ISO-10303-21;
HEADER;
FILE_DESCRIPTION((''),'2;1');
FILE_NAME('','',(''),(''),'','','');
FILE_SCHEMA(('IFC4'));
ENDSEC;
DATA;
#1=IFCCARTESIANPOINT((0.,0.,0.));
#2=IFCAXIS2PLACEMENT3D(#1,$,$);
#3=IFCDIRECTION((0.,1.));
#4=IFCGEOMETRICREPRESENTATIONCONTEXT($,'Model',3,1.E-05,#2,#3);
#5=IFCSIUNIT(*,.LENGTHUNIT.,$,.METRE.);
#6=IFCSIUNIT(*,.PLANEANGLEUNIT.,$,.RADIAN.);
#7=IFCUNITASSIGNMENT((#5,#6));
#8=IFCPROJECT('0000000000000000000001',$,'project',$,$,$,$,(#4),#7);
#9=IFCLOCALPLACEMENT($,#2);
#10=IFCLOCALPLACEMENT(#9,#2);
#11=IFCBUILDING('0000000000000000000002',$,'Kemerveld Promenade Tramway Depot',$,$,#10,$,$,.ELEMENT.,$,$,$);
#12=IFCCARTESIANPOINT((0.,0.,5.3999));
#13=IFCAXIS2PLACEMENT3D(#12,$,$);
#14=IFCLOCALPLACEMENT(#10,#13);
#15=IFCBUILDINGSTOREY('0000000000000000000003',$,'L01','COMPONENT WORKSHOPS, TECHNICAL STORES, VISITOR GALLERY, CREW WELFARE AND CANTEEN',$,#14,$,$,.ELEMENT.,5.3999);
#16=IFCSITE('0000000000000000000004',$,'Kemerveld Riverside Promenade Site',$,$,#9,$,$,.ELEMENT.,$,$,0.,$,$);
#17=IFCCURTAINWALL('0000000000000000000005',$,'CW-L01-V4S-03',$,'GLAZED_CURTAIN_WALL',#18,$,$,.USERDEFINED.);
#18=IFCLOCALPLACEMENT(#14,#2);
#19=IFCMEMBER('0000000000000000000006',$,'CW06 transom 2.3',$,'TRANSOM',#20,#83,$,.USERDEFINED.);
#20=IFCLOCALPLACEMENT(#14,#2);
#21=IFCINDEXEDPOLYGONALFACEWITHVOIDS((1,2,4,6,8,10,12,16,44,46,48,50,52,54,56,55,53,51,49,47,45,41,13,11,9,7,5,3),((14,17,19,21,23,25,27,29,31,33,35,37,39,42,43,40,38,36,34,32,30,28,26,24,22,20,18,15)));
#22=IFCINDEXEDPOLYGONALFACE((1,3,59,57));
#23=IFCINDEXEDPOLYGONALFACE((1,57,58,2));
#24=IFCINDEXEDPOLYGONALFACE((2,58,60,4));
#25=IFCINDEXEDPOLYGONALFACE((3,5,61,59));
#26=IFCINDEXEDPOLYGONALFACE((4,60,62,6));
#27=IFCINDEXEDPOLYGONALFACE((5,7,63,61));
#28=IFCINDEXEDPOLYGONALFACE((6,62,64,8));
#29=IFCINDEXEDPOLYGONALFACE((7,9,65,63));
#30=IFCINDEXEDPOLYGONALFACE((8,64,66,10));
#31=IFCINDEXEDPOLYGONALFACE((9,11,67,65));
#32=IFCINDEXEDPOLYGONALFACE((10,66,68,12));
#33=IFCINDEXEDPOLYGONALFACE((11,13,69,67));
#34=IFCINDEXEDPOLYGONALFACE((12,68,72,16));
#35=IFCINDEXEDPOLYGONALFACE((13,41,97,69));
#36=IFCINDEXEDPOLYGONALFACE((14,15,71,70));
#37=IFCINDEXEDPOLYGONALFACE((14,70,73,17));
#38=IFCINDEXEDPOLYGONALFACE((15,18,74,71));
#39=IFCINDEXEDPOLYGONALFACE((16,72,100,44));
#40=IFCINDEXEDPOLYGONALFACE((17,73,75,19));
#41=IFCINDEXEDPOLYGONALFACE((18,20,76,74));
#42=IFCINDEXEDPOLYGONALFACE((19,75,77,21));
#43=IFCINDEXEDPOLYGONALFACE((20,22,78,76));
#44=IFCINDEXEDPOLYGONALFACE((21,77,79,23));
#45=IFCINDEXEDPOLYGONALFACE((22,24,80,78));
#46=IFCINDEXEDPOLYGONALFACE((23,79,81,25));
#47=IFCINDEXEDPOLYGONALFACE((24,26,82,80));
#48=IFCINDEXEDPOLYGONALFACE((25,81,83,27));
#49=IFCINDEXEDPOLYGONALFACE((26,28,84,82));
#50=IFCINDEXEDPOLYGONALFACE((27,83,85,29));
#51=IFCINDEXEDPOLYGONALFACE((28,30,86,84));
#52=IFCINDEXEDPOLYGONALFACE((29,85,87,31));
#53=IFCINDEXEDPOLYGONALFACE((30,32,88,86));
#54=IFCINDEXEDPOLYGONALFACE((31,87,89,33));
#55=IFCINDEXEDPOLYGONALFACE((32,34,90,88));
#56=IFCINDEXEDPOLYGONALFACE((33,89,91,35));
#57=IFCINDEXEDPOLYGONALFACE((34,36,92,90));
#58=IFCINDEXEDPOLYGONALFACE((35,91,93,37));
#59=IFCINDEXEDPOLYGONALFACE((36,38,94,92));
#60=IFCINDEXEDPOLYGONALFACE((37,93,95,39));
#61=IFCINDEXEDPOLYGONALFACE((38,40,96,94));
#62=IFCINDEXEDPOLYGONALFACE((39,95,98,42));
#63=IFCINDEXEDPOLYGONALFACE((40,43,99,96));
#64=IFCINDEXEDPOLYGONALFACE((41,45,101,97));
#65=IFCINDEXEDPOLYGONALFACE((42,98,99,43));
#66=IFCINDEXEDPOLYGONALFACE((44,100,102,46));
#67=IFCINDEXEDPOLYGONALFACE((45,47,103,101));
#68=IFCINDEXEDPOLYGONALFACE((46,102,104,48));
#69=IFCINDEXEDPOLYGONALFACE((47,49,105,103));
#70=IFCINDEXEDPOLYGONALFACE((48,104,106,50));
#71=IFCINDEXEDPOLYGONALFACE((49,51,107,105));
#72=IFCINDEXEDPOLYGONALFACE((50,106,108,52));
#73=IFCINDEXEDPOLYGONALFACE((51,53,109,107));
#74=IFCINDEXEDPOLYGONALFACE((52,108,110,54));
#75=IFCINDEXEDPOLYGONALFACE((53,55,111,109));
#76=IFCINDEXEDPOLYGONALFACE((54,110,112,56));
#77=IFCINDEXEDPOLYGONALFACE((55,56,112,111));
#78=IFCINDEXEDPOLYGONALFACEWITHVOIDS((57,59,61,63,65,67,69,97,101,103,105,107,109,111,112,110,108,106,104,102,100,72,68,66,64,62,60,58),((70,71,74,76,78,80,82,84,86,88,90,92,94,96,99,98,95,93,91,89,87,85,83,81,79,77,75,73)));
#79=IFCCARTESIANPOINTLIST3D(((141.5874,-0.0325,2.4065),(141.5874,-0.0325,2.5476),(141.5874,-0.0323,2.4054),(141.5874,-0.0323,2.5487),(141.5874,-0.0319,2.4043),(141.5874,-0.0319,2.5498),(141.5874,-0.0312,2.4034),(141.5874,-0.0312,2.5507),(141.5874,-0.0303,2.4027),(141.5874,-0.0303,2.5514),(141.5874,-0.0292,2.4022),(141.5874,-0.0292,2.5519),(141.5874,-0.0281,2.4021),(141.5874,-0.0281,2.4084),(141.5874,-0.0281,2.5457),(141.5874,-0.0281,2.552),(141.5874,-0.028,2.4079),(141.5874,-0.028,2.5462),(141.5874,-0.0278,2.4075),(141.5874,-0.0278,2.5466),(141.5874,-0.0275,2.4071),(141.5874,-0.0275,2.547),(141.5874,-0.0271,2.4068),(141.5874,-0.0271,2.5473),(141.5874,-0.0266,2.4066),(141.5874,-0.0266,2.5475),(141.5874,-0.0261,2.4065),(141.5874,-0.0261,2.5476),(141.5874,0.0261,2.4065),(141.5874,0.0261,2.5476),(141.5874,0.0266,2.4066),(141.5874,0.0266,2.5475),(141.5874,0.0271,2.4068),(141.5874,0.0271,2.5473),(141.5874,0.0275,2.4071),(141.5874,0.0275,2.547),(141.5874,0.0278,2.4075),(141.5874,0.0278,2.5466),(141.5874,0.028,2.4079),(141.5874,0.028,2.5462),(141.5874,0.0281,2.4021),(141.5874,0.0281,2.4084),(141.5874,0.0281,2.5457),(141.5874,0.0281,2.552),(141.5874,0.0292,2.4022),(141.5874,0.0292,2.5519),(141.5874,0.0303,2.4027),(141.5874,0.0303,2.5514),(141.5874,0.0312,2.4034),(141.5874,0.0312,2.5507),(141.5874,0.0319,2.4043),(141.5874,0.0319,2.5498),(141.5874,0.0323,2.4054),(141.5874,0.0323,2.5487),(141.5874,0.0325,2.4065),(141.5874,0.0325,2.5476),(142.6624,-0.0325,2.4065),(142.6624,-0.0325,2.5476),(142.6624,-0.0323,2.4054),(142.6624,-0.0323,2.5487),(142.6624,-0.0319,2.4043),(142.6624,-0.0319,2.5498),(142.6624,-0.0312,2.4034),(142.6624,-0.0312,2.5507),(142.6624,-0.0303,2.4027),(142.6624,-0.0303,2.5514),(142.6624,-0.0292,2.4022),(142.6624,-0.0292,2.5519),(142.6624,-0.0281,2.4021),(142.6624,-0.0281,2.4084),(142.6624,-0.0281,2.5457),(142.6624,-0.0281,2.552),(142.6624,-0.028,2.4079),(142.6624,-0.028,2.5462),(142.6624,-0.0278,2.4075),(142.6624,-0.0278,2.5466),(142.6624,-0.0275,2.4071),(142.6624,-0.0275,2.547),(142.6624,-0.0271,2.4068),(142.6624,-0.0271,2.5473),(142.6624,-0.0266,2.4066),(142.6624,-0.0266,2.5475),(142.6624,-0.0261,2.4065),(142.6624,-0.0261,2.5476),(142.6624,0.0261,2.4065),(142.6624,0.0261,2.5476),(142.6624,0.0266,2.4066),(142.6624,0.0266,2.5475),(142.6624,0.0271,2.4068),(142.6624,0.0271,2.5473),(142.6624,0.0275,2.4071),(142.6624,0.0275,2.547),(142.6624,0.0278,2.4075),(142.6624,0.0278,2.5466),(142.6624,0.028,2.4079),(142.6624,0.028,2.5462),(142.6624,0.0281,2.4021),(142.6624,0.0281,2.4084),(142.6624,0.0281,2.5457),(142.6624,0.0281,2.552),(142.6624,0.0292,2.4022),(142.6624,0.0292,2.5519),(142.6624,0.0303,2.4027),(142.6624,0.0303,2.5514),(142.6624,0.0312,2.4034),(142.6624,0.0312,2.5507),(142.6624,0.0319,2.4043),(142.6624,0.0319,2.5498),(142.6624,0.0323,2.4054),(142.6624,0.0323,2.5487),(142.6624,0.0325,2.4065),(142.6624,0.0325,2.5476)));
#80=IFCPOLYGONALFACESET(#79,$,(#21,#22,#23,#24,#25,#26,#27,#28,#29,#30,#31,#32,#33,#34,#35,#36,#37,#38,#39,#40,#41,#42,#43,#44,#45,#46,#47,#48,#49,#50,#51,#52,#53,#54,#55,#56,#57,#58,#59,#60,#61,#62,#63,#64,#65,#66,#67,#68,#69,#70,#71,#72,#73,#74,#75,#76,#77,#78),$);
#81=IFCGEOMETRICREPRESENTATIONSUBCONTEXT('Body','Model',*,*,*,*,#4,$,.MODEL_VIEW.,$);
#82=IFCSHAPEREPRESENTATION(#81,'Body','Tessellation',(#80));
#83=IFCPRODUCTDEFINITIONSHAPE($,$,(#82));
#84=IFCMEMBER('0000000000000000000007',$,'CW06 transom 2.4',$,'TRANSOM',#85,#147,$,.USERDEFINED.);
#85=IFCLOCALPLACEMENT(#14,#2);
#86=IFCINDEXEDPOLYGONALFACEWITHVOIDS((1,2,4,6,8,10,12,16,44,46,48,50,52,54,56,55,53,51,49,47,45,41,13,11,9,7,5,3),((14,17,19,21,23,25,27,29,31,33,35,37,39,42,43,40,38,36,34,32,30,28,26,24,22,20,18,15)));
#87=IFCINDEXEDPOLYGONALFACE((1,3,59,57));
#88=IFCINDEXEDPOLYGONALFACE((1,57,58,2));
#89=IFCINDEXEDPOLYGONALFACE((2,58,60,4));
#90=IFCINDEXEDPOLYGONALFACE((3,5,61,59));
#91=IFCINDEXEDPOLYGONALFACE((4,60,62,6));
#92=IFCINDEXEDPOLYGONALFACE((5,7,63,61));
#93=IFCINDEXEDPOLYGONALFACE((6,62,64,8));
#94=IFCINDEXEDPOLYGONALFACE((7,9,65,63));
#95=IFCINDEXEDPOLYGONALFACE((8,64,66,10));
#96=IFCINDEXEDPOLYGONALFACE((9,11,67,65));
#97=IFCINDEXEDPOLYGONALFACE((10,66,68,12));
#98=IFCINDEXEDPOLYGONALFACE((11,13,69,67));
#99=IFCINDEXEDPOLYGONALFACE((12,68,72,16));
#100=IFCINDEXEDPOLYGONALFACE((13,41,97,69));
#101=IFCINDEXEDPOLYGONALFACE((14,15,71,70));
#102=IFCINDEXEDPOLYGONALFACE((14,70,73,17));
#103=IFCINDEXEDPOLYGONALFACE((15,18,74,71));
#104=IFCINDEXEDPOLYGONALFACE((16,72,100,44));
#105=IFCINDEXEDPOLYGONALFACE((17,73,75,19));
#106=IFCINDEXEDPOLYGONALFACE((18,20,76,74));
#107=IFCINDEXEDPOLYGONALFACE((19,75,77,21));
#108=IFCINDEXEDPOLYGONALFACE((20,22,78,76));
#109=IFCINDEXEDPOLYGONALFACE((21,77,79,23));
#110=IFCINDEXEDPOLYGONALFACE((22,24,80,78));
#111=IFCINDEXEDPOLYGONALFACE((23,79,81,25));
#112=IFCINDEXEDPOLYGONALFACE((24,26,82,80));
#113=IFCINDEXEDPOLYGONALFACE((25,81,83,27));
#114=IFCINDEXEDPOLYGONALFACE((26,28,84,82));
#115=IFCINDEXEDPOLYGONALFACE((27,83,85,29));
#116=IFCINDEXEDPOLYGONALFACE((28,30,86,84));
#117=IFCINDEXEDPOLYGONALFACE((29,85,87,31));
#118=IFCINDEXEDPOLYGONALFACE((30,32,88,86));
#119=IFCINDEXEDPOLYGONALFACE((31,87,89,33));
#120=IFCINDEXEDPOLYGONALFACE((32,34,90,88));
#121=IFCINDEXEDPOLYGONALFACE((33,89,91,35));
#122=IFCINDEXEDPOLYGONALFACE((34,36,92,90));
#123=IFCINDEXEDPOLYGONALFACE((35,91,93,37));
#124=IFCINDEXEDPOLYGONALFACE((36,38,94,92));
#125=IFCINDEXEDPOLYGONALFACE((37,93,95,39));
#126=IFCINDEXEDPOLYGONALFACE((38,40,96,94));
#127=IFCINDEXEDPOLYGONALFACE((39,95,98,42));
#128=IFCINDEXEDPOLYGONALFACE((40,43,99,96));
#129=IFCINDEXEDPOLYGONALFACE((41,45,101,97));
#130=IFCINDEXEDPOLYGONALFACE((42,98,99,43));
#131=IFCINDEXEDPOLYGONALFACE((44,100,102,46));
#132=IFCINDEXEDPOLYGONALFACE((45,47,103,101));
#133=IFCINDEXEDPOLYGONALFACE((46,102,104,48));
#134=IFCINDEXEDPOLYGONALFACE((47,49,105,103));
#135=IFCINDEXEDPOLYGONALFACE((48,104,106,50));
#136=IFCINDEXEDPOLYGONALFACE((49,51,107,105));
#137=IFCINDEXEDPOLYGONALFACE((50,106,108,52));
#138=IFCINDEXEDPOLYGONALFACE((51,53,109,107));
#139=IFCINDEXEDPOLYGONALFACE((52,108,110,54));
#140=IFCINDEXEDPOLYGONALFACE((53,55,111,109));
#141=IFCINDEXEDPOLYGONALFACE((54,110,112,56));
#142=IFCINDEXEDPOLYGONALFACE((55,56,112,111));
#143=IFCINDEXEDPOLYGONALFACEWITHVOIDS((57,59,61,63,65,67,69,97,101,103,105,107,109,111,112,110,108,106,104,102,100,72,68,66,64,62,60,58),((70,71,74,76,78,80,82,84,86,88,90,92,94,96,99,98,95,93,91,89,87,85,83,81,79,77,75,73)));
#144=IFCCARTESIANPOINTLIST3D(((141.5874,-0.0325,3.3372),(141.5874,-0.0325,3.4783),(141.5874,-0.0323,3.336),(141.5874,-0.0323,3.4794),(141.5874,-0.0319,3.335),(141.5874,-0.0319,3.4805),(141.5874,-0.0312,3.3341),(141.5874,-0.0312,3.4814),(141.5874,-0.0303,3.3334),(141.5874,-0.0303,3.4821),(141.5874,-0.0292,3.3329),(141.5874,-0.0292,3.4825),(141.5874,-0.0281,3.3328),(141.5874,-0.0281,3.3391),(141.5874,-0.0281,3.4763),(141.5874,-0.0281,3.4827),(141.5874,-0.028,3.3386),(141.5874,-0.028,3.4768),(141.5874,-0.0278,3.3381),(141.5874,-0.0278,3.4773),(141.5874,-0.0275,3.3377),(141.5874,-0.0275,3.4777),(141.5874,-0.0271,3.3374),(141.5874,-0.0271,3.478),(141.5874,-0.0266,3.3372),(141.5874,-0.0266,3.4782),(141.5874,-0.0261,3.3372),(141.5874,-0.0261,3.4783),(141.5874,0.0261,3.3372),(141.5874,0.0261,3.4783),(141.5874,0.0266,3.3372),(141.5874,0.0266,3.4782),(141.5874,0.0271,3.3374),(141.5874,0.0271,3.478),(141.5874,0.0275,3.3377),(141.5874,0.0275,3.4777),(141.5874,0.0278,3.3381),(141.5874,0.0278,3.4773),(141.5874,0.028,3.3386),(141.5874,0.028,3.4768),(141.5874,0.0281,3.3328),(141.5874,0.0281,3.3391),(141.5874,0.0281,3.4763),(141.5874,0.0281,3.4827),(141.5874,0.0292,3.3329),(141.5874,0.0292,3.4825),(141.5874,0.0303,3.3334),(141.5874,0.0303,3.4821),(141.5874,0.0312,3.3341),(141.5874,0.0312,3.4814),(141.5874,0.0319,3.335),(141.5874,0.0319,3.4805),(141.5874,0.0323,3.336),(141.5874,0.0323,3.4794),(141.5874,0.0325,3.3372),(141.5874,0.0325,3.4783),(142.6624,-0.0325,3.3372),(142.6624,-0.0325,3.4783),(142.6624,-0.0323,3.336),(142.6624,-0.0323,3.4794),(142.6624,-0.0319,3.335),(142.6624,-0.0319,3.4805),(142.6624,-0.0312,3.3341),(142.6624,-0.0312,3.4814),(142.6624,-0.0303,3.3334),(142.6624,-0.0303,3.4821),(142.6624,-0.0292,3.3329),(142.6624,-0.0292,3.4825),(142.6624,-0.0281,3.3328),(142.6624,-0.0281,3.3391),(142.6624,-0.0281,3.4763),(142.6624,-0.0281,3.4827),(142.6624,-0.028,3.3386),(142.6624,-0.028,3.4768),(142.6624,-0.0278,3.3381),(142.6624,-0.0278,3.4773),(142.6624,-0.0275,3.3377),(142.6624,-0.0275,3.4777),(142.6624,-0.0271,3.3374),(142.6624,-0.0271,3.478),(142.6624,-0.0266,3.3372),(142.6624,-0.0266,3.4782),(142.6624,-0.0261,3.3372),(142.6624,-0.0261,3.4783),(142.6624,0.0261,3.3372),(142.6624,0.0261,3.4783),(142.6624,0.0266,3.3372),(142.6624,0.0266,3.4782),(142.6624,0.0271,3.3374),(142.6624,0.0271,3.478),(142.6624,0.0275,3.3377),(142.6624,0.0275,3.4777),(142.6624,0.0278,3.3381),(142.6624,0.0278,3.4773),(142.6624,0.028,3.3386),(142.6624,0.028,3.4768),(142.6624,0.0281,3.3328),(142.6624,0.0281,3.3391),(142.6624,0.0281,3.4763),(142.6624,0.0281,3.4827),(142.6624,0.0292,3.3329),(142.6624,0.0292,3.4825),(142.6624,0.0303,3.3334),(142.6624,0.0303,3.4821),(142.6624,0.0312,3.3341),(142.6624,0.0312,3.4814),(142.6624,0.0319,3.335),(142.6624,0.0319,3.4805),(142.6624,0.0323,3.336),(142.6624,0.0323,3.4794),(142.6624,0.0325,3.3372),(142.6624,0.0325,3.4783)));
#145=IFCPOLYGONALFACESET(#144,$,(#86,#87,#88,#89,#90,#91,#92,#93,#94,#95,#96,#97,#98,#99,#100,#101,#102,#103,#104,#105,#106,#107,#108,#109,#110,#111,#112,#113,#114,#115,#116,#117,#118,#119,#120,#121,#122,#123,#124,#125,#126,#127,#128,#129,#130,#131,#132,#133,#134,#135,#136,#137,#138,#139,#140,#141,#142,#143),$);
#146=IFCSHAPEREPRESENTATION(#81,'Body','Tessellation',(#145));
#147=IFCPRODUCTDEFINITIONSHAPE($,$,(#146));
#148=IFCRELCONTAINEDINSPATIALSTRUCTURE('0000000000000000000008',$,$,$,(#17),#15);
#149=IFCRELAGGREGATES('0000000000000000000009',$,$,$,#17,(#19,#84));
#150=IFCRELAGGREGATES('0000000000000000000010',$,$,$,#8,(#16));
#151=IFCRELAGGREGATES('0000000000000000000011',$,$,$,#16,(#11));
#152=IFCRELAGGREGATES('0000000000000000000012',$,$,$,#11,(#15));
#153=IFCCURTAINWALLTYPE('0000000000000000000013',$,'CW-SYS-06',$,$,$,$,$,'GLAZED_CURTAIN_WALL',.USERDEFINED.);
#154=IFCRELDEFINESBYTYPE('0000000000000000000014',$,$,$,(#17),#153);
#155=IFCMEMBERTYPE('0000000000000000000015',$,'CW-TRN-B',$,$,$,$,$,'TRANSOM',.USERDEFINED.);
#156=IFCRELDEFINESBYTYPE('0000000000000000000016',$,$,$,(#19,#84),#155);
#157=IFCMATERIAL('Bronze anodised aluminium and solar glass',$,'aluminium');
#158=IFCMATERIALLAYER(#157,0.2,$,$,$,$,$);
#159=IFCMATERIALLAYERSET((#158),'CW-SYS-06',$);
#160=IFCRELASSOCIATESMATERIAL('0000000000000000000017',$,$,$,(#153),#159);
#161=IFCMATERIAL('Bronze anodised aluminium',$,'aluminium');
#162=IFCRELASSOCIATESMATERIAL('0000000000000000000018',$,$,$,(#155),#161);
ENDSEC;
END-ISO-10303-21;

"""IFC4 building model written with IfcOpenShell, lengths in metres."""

from ifc_helpers import new_model, si_unit, direction, frame, origin, origin_2d, place, context, subcontext, project, spatial, hollow_rectangle, extrude, material, layer, layer_set, material_profile, profile_set, type_object, element, aggregate, save


model = new_model("IFC4")

# Units and contexts
model_context = context("Model", 3, precision=1e-05, world=origin(), true_north=direction((0.0, 1.0)))
body_context = subcontext(model_context, "Body", "Model", "MODEL_VIEW")
ifc_project = project(units=[si_unit("LENGTHUNIT", "METRE"), si_unit("PLANEANGLEUNIT", "RADIAN")], contexts=[model_context])

# Site, building, storey
site_placement = place(None, origin())
site = spatial("IfcSite", under=ifc_project, at=site_placement, Name="Kemerveld Riverside Promenade Site", CompositionType="ELEMENT", RefElevation=0.0)
building_placement = place(site_placement, origin())
building = spatial("IfcBuilding", under=site, at=building_placement, Name="Kemerveld Promenade Tramway Depot", CompositionType="ELEMENT")
storey_placement = place(building_placement, frame((0.0, 0.0, 5.3999)))
storey = spatial("IfcBuildingStorey", under=building, at=storey_placement, Name="L01", Description="COMPONENT WORKSHOPS, TECHNICAL STORES, VISITOR GALLERY, CREW WELFARE AND CANTEEN", CompositionType="ELEMENT", Elevation=5.3999)

# Curtain wall, members
ifc_material_1 = material(Name="Bronze anodised aluminium and solar glass", Category="aluminium")
ifc_layer_1 = layer(ifc_material_1, 0.2)
ifc_layer_set_1 = layer_set([ifc_layer_1], Name="CW-SYS-06")
curtain_wall_type = type_object("IfcCurtainWallType", Name="CW-SYS-06", ElementType="GLAZED_CURTAIN_WALL", PredefinedType="USERDEFINED", material=ifc_layer_set_1)
curtain_wall_placement = place(storey_placement, origin())
curtain_wall = element("IfcCurtainWall", 1, at=curtain_wall_placement, inside=storey, type_object=curtain_wall_type, Name="CW-L01-V4S-03", ObjectType="GLAZED_CURTAIN_WALL", PredefinedType="USERDEFINED")
ifc_material_2 = material(Name="Bronze anodised aluminium", Category="aluminium")
ifc_material_profile_1 = material_profile(ifc_material_2, hollow_rectangle(XDim=0.0649, YDim=0.1499, WallThickness=0.0044, InnerFilletRadius=0.002, OuterFilletRadius=0.0044, at=origin_2d()), Name="CW-TRN-150x65")
ifc_profile_set_1 = profile_set([ifc_material_profile_1], Name="Bronze anodised aluminium")
member_type_1 = type_object("IfcMemberType", Name="CW-TRN-B", ElementType="TRANSOM", PredefinedType="USERDEFINED", material=ifc_profile_set_1)
member_1_placement = place(storey_placement, frame((142.6624, 0.0, 2.4771), z_axis=(-1.0, 0.0, 0.0), x_axis=(0.0, -1.0, 0.0)))
member_1 = element("IfcMember", 2, at=member_1_placement, type_object=member_type_1, Name="CW06 transom 2.3", ObjectType="TRANSOM", PredefinedType="USERDEFINED", context=body_context, shape_type="SweptSolid", body=[
    extrude(hollow_rectangle(XDim=0.0649, YDim=0.1499, WallThickness=0.0044, InnerFilletRadius=0.002, OuterFilletRadius=0.0044, at=origin_2d()), origin(), (0.0, 0.0, 1.0), 1.075),
])
member_2_placement = place(storey_placement, frame((142.6624, 0.0, 3.4077), z_axis=(-1.0, 0.0, 0.0), x_axis=(0.0, -1.0, 0.0)))
member_2 = element("IfcMember", 3, at=member_2_placement, type_object=member_type_1, Name="CW06 transom 2.4", ObjectType="TRANSOM", PredefinedType="USERDEFINED", context=body_context, shape_type="SweptSolid", body=[
    extrude(hollow_rectangle(XDim=0.0649, YDim=0.1499, WallThickness=0.0044, InnerFilletRadius=0.002, OuterFilletRadius=0.0044, at=origin_2d()), origin(), (0.0, 0.0, 1.0), 1.075),
])
aggregate(curtain_wall, [member_1, member_2])

save(model, "model.ifc")
